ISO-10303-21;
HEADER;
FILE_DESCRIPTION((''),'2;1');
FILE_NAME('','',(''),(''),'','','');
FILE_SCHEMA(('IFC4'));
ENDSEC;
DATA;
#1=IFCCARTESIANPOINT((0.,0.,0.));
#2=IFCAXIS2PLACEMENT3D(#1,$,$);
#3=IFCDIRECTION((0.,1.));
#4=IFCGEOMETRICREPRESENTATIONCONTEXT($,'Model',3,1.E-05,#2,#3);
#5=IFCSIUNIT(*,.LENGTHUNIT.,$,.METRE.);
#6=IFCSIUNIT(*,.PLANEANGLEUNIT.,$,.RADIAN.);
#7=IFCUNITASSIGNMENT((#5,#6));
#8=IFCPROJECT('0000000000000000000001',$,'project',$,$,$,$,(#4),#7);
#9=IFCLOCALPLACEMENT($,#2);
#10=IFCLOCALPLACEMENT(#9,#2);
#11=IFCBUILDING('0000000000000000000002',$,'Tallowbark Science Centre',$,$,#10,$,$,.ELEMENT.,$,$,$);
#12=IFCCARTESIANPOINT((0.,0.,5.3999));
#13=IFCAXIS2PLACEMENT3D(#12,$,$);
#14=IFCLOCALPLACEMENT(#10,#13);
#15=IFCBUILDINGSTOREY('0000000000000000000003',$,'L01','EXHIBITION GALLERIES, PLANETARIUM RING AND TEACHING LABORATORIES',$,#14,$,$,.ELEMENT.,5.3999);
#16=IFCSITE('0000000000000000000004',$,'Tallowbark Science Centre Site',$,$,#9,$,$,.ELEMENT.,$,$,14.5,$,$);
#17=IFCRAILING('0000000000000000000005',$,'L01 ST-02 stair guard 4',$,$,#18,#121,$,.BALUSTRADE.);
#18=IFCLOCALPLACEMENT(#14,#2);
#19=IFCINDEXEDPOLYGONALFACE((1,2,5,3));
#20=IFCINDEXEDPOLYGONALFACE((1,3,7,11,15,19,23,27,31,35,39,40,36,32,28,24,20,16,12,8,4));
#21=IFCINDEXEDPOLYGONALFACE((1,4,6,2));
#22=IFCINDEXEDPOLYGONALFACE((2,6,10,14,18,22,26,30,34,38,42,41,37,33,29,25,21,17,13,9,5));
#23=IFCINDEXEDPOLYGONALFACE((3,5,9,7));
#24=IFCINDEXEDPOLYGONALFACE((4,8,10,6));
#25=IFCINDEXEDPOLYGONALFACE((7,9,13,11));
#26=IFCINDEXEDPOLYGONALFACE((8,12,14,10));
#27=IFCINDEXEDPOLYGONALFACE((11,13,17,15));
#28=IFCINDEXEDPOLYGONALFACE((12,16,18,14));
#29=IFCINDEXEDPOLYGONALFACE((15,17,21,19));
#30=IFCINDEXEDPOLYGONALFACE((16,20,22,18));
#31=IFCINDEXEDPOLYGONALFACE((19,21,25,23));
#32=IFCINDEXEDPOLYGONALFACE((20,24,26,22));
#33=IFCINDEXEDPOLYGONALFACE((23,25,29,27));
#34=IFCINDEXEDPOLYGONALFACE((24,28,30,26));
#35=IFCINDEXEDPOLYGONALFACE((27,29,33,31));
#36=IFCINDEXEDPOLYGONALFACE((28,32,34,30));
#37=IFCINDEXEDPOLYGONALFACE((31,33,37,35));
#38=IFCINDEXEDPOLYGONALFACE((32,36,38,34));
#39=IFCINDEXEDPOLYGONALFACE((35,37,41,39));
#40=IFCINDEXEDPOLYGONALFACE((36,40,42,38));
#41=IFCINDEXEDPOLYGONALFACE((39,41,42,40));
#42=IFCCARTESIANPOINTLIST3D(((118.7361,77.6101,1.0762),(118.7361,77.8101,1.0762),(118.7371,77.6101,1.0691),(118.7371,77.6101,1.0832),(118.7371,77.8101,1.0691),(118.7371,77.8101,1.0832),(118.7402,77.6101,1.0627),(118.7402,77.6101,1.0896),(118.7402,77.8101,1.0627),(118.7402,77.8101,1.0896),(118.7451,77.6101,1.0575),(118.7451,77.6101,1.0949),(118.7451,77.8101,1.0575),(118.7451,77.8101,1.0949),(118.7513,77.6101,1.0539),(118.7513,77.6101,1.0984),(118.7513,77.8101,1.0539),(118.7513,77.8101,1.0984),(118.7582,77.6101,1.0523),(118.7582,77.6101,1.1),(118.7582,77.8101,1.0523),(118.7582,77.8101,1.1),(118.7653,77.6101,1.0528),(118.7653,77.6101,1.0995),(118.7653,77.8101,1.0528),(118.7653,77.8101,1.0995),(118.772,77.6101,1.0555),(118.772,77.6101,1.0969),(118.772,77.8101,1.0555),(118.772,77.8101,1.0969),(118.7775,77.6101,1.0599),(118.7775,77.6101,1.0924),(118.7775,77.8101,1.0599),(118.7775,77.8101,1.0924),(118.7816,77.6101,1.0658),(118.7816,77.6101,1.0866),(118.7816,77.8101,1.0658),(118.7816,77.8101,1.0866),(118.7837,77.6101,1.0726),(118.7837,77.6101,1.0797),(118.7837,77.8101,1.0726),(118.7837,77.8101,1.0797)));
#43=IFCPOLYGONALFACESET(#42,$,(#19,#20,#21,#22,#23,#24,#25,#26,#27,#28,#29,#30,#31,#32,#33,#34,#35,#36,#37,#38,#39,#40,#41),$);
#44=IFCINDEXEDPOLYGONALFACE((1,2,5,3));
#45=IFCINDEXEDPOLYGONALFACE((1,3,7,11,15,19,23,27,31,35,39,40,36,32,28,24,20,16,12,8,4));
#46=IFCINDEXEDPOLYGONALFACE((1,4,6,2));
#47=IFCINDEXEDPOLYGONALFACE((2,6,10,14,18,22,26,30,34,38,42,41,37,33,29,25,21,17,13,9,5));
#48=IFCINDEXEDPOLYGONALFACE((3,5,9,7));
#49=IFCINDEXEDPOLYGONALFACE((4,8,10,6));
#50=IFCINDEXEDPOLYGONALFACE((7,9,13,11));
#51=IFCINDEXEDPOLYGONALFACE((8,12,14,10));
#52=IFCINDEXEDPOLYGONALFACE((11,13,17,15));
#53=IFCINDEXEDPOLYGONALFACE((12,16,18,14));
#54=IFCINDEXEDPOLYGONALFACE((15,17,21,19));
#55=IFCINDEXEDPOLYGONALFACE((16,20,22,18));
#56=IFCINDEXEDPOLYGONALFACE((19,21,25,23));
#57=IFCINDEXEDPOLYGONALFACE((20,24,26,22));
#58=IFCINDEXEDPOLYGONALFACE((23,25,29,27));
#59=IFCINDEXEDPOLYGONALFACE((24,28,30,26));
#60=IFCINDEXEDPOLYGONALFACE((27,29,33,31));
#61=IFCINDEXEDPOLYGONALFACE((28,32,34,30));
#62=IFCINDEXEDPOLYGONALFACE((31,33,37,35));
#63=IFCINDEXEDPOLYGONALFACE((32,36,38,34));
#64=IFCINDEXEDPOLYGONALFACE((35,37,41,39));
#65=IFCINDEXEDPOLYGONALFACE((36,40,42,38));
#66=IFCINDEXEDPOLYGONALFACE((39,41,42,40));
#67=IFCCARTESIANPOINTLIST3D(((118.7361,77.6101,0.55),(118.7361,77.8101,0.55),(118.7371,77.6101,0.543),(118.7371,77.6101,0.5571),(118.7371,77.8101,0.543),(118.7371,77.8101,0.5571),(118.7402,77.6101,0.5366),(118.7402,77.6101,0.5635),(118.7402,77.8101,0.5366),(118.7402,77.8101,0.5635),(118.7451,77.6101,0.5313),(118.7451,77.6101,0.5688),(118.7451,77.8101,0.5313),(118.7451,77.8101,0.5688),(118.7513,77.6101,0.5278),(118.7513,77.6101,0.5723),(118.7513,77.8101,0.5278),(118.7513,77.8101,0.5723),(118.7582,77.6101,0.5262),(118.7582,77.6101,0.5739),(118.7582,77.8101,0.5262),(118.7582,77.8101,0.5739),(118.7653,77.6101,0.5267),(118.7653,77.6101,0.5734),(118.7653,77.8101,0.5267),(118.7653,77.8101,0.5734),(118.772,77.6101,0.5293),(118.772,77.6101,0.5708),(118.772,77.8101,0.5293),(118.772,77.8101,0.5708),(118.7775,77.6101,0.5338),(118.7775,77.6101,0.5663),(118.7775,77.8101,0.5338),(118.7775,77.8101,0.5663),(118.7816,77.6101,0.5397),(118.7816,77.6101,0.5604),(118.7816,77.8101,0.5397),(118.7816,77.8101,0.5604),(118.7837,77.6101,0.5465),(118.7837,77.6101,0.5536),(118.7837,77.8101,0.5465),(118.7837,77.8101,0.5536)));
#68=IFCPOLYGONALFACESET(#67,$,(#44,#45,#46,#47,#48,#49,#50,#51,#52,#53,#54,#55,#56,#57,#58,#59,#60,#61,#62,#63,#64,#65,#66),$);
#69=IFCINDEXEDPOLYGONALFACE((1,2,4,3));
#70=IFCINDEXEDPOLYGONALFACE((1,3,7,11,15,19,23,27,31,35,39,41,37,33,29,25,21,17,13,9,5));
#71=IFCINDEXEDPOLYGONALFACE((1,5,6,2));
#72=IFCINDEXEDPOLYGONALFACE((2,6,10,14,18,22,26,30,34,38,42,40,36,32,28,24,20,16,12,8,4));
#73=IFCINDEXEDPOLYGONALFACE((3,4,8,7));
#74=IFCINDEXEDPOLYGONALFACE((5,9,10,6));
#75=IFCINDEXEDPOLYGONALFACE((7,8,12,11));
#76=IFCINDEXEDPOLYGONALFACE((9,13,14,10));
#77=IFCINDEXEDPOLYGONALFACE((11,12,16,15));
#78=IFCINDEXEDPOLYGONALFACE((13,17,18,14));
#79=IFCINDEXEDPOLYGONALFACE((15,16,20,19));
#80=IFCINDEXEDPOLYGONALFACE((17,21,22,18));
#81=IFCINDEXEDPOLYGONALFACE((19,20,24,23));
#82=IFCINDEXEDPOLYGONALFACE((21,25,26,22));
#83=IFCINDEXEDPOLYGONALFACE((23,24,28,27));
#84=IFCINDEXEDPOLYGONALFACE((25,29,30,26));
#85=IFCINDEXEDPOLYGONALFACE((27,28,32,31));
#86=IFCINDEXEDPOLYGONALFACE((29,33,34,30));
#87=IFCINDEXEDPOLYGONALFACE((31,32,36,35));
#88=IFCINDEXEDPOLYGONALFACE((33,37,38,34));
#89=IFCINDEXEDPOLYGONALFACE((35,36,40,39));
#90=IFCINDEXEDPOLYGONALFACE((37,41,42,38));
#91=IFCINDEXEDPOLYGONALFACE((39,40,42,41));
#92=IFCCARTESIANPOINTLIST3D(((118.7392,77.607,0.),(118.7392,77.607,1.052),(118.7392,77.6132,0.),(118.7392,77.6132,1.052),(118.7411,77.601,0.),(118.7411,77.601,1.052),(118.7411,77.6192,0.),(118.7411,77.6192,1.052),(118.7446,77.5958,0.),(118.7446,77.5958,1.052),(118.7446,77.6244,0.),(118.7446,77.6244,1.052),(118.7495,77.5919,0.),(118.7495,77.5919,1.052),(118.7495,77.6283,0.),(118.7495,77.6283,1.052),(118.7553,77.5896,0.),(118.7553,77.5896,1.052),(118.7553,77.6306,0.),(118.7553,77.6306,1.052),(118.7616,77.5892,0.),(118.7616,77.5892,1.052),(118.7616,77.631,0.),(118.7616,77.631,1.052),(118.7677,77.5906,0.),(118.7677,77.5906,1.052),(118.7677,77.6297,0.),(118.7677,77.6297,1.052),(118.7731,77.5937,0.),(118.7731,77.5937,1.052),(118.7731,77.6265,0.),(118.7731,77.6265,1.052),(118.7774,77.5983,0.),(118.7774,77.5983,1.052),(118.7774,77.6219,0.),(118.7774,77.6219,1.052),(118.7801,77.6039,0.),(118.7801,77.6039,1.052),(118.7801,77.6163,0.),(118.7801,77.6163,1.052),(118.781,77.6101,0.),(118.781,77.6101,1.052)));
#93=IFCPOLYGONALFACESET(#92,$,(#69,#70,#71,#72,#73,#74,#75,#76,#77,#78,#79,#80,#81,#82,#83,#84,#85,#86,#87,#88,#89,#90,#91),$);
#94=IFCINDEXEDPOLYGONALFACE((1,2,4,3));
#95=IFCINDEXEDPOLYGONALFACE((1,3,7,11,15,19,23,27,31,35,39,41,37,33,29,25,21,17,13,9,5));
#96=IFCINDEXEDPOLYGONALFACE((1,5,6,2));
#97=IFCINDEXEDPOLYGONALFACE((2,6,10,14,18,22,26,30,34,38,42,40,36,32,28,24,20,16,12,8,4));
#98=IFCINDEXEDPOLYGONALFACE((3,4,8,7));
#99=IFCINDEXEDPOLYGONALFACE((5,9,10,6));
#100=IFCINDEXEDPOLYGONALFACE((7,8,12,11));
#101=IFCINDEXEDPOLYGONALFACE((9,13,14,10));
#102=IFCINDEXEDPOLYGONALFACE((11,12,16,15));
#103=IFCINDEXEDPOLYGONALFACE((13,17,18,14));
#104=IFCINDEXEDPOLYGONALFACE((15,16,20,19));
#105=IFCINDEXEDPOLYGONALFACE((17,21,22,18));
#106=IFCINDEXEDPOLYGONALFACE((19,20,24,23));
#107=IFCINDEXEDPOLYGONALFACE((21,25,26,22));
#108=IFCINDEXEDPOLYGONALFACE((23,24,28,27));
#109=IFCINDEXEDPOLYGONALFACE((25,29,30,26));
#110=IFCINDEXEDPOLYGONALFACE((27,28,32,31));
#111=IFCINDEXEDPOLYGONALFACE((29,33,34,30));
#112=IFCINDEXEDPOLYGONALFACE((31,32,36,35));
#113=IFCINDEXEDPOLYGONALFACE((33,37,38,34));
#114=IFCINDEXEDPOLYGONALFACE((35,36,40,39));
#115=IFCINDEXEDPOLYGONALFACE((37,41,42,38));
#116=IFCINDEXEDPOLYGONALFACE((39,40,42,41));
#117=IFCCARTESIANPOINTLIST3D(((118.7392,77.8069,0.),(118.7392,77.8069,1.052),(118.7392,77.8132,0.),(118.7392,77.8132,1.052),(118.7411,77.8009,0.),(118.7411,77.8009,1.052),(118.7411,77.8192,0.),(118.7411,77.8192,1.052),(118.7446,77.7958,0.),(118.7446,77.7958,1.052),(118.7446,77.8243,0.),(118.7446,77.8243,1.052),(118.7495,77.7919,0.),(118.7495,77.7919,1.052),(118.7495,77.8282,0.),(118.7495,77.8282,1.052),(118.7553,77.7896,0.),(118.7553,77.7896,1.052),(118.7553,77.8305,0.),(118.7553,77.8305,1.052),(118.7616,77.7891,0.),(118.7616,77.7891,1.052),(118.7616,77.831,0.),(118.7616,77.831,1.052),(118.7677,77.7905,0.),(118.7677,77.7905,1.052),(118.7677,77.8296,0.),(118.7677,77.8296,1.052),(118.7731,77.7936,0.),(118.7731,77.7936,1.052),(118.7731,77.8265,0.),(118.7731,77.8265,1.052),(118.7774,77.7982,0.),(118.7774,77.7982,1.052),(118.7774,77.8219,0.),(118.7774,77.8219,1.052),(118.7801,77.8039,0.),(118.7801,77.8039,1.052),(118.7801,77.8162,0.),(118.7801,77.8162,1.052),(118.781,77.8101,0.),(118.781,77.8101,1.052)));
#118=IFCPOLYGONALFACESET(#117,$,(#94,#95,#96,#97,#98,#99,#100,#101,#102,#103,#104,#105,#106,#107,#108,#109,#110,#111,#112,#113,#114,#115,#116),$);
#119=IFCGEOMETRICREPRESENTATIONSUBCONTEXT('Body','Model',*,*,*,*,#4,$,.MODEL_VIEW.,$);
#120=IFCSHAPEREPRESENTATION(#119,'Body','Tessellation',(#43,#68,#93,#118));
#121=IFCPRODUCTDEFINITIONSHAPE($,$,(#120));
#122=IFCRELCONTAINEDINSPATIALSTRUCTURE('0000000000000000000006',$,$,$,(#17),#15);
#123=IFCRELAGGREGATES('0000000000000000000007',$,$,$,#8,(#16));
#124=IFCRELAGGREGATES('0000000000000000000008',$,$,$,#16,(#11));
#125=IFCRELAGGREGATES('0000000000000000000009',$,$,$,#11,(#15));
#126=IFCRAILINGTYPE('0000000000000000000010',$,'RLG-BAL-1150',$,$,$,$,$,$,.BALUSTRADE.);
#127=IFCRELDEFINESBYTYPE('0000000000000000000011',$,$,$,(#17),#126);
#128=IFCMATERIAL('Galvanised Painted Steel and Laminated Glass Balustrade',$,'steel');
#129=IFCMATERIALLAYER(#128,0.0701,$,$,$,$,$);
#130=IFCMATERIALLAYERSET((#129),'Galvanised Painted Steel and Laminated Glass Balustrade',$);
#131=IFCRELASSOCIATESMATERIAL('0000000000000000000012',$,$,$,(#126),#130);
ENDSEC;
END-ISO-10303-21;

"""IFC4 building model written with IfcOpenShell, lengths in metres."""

from ifc_helpers import new_model, si_unit, direction, frame, origin, origin_2d, place, context, subcontext, project, spatial, circle, extrude, material, layer, layer_set, type_object, element, save


model = new_model("IFC4")

# Units and contexts
model_context = context("Model", 3, precision=1e-05, world=origin(), true_north=direction((0.0, 1.0)))
body_context = subcontext(model_context, "Body", "Model", "MODEL_VIEW")
ifc_project = project(units=[si_unit("LENGTHUNIT", "METRE"), si_unit("PLANEANGLEUNIT", "RADIAN")], contexts=[model_context])

# Site, building, storey
site_placement = place(None, origin())
site = spatial("IfcSite", under=ifc_project, at=site_placement, Name="Tallowbark Science Centre Site", CompositionType="ELEMENT", RefElevation=14.5)
building_placement = place(site_placement, origin())
building = spatial("IfcBuilding", under=site, at=building_placement, Name="Tallowbark Science Centre", CompositionType="ELEMENT")
storey_placement = place(building_placement, frame((0.0, 0.0, 5.3999)))
storey = spatial("IfcBuildingStorey", under=building, at=storey_placement, Name="L01", Description="EXHIBITION GALLERIES, PLANETARIUM RING AND TEACHING LABORATORIES", CompositionType="ELEMENT", Elevation=5.3999)

# Railing
ifc_material_1 = material(Name="Galvanised Painted Steel and Laminated Glass Balustrade", Category="steel")
ifc_layer_1 = layer(ifc_material_1, 0.0701)
ifc_layer_set_1 = layer_set([ifc_layer_1], Name="Galvanised Painted Steel and Laminated Glass Balustrade")
railing_type_1 = type_object("IfcRailingType", Name="RLG-BAL-1150", PredefinedType="BALUSTRADE", material=ifc_layer_set_1)
railing_1_placement = place(storey_placement, frame((118.76, 77.6101, 0.0)))
element("IfcRailing", 1, at=railing_1_placement, inside=storey, type_object=railing_type_1, Name="L01 ST-02 stair guard 4", PredefinedType="BALUSTRADE", context=body_context, shape_type="SweptSolid", body=[
    extrude(circle(Radius=0.0239, at=origin_2d()), frame((0.0, 0.0, 1.0762), z_axis=(0.0, 1.0, 0.0), x_axis=(-1.0, 0.0, 0.0)), (0.0, 0.0, 1.0), 0.2),
    extrude(circle(Radius=0.0239, at=origin_2d()), frame((0.0, 0.0, 0.55), z_axis=(0.0, 1.0, 0.0), x_axis=(-1.0, 0.0, 0.0)), (0.0, 0.0, 1.0), 0.2),
    extrude(circle(Radius=0.021, at=origin_2d()), origin(), (0.0, 0.0, 1.0), 1.052),
    extrude(circle(Radius=0.021, at=origin_2d()), frame((0.0, 0.2, 0.0)), (0.0, 0.0, 1.0), 1.052),
])

save(model, "model.ifc")
